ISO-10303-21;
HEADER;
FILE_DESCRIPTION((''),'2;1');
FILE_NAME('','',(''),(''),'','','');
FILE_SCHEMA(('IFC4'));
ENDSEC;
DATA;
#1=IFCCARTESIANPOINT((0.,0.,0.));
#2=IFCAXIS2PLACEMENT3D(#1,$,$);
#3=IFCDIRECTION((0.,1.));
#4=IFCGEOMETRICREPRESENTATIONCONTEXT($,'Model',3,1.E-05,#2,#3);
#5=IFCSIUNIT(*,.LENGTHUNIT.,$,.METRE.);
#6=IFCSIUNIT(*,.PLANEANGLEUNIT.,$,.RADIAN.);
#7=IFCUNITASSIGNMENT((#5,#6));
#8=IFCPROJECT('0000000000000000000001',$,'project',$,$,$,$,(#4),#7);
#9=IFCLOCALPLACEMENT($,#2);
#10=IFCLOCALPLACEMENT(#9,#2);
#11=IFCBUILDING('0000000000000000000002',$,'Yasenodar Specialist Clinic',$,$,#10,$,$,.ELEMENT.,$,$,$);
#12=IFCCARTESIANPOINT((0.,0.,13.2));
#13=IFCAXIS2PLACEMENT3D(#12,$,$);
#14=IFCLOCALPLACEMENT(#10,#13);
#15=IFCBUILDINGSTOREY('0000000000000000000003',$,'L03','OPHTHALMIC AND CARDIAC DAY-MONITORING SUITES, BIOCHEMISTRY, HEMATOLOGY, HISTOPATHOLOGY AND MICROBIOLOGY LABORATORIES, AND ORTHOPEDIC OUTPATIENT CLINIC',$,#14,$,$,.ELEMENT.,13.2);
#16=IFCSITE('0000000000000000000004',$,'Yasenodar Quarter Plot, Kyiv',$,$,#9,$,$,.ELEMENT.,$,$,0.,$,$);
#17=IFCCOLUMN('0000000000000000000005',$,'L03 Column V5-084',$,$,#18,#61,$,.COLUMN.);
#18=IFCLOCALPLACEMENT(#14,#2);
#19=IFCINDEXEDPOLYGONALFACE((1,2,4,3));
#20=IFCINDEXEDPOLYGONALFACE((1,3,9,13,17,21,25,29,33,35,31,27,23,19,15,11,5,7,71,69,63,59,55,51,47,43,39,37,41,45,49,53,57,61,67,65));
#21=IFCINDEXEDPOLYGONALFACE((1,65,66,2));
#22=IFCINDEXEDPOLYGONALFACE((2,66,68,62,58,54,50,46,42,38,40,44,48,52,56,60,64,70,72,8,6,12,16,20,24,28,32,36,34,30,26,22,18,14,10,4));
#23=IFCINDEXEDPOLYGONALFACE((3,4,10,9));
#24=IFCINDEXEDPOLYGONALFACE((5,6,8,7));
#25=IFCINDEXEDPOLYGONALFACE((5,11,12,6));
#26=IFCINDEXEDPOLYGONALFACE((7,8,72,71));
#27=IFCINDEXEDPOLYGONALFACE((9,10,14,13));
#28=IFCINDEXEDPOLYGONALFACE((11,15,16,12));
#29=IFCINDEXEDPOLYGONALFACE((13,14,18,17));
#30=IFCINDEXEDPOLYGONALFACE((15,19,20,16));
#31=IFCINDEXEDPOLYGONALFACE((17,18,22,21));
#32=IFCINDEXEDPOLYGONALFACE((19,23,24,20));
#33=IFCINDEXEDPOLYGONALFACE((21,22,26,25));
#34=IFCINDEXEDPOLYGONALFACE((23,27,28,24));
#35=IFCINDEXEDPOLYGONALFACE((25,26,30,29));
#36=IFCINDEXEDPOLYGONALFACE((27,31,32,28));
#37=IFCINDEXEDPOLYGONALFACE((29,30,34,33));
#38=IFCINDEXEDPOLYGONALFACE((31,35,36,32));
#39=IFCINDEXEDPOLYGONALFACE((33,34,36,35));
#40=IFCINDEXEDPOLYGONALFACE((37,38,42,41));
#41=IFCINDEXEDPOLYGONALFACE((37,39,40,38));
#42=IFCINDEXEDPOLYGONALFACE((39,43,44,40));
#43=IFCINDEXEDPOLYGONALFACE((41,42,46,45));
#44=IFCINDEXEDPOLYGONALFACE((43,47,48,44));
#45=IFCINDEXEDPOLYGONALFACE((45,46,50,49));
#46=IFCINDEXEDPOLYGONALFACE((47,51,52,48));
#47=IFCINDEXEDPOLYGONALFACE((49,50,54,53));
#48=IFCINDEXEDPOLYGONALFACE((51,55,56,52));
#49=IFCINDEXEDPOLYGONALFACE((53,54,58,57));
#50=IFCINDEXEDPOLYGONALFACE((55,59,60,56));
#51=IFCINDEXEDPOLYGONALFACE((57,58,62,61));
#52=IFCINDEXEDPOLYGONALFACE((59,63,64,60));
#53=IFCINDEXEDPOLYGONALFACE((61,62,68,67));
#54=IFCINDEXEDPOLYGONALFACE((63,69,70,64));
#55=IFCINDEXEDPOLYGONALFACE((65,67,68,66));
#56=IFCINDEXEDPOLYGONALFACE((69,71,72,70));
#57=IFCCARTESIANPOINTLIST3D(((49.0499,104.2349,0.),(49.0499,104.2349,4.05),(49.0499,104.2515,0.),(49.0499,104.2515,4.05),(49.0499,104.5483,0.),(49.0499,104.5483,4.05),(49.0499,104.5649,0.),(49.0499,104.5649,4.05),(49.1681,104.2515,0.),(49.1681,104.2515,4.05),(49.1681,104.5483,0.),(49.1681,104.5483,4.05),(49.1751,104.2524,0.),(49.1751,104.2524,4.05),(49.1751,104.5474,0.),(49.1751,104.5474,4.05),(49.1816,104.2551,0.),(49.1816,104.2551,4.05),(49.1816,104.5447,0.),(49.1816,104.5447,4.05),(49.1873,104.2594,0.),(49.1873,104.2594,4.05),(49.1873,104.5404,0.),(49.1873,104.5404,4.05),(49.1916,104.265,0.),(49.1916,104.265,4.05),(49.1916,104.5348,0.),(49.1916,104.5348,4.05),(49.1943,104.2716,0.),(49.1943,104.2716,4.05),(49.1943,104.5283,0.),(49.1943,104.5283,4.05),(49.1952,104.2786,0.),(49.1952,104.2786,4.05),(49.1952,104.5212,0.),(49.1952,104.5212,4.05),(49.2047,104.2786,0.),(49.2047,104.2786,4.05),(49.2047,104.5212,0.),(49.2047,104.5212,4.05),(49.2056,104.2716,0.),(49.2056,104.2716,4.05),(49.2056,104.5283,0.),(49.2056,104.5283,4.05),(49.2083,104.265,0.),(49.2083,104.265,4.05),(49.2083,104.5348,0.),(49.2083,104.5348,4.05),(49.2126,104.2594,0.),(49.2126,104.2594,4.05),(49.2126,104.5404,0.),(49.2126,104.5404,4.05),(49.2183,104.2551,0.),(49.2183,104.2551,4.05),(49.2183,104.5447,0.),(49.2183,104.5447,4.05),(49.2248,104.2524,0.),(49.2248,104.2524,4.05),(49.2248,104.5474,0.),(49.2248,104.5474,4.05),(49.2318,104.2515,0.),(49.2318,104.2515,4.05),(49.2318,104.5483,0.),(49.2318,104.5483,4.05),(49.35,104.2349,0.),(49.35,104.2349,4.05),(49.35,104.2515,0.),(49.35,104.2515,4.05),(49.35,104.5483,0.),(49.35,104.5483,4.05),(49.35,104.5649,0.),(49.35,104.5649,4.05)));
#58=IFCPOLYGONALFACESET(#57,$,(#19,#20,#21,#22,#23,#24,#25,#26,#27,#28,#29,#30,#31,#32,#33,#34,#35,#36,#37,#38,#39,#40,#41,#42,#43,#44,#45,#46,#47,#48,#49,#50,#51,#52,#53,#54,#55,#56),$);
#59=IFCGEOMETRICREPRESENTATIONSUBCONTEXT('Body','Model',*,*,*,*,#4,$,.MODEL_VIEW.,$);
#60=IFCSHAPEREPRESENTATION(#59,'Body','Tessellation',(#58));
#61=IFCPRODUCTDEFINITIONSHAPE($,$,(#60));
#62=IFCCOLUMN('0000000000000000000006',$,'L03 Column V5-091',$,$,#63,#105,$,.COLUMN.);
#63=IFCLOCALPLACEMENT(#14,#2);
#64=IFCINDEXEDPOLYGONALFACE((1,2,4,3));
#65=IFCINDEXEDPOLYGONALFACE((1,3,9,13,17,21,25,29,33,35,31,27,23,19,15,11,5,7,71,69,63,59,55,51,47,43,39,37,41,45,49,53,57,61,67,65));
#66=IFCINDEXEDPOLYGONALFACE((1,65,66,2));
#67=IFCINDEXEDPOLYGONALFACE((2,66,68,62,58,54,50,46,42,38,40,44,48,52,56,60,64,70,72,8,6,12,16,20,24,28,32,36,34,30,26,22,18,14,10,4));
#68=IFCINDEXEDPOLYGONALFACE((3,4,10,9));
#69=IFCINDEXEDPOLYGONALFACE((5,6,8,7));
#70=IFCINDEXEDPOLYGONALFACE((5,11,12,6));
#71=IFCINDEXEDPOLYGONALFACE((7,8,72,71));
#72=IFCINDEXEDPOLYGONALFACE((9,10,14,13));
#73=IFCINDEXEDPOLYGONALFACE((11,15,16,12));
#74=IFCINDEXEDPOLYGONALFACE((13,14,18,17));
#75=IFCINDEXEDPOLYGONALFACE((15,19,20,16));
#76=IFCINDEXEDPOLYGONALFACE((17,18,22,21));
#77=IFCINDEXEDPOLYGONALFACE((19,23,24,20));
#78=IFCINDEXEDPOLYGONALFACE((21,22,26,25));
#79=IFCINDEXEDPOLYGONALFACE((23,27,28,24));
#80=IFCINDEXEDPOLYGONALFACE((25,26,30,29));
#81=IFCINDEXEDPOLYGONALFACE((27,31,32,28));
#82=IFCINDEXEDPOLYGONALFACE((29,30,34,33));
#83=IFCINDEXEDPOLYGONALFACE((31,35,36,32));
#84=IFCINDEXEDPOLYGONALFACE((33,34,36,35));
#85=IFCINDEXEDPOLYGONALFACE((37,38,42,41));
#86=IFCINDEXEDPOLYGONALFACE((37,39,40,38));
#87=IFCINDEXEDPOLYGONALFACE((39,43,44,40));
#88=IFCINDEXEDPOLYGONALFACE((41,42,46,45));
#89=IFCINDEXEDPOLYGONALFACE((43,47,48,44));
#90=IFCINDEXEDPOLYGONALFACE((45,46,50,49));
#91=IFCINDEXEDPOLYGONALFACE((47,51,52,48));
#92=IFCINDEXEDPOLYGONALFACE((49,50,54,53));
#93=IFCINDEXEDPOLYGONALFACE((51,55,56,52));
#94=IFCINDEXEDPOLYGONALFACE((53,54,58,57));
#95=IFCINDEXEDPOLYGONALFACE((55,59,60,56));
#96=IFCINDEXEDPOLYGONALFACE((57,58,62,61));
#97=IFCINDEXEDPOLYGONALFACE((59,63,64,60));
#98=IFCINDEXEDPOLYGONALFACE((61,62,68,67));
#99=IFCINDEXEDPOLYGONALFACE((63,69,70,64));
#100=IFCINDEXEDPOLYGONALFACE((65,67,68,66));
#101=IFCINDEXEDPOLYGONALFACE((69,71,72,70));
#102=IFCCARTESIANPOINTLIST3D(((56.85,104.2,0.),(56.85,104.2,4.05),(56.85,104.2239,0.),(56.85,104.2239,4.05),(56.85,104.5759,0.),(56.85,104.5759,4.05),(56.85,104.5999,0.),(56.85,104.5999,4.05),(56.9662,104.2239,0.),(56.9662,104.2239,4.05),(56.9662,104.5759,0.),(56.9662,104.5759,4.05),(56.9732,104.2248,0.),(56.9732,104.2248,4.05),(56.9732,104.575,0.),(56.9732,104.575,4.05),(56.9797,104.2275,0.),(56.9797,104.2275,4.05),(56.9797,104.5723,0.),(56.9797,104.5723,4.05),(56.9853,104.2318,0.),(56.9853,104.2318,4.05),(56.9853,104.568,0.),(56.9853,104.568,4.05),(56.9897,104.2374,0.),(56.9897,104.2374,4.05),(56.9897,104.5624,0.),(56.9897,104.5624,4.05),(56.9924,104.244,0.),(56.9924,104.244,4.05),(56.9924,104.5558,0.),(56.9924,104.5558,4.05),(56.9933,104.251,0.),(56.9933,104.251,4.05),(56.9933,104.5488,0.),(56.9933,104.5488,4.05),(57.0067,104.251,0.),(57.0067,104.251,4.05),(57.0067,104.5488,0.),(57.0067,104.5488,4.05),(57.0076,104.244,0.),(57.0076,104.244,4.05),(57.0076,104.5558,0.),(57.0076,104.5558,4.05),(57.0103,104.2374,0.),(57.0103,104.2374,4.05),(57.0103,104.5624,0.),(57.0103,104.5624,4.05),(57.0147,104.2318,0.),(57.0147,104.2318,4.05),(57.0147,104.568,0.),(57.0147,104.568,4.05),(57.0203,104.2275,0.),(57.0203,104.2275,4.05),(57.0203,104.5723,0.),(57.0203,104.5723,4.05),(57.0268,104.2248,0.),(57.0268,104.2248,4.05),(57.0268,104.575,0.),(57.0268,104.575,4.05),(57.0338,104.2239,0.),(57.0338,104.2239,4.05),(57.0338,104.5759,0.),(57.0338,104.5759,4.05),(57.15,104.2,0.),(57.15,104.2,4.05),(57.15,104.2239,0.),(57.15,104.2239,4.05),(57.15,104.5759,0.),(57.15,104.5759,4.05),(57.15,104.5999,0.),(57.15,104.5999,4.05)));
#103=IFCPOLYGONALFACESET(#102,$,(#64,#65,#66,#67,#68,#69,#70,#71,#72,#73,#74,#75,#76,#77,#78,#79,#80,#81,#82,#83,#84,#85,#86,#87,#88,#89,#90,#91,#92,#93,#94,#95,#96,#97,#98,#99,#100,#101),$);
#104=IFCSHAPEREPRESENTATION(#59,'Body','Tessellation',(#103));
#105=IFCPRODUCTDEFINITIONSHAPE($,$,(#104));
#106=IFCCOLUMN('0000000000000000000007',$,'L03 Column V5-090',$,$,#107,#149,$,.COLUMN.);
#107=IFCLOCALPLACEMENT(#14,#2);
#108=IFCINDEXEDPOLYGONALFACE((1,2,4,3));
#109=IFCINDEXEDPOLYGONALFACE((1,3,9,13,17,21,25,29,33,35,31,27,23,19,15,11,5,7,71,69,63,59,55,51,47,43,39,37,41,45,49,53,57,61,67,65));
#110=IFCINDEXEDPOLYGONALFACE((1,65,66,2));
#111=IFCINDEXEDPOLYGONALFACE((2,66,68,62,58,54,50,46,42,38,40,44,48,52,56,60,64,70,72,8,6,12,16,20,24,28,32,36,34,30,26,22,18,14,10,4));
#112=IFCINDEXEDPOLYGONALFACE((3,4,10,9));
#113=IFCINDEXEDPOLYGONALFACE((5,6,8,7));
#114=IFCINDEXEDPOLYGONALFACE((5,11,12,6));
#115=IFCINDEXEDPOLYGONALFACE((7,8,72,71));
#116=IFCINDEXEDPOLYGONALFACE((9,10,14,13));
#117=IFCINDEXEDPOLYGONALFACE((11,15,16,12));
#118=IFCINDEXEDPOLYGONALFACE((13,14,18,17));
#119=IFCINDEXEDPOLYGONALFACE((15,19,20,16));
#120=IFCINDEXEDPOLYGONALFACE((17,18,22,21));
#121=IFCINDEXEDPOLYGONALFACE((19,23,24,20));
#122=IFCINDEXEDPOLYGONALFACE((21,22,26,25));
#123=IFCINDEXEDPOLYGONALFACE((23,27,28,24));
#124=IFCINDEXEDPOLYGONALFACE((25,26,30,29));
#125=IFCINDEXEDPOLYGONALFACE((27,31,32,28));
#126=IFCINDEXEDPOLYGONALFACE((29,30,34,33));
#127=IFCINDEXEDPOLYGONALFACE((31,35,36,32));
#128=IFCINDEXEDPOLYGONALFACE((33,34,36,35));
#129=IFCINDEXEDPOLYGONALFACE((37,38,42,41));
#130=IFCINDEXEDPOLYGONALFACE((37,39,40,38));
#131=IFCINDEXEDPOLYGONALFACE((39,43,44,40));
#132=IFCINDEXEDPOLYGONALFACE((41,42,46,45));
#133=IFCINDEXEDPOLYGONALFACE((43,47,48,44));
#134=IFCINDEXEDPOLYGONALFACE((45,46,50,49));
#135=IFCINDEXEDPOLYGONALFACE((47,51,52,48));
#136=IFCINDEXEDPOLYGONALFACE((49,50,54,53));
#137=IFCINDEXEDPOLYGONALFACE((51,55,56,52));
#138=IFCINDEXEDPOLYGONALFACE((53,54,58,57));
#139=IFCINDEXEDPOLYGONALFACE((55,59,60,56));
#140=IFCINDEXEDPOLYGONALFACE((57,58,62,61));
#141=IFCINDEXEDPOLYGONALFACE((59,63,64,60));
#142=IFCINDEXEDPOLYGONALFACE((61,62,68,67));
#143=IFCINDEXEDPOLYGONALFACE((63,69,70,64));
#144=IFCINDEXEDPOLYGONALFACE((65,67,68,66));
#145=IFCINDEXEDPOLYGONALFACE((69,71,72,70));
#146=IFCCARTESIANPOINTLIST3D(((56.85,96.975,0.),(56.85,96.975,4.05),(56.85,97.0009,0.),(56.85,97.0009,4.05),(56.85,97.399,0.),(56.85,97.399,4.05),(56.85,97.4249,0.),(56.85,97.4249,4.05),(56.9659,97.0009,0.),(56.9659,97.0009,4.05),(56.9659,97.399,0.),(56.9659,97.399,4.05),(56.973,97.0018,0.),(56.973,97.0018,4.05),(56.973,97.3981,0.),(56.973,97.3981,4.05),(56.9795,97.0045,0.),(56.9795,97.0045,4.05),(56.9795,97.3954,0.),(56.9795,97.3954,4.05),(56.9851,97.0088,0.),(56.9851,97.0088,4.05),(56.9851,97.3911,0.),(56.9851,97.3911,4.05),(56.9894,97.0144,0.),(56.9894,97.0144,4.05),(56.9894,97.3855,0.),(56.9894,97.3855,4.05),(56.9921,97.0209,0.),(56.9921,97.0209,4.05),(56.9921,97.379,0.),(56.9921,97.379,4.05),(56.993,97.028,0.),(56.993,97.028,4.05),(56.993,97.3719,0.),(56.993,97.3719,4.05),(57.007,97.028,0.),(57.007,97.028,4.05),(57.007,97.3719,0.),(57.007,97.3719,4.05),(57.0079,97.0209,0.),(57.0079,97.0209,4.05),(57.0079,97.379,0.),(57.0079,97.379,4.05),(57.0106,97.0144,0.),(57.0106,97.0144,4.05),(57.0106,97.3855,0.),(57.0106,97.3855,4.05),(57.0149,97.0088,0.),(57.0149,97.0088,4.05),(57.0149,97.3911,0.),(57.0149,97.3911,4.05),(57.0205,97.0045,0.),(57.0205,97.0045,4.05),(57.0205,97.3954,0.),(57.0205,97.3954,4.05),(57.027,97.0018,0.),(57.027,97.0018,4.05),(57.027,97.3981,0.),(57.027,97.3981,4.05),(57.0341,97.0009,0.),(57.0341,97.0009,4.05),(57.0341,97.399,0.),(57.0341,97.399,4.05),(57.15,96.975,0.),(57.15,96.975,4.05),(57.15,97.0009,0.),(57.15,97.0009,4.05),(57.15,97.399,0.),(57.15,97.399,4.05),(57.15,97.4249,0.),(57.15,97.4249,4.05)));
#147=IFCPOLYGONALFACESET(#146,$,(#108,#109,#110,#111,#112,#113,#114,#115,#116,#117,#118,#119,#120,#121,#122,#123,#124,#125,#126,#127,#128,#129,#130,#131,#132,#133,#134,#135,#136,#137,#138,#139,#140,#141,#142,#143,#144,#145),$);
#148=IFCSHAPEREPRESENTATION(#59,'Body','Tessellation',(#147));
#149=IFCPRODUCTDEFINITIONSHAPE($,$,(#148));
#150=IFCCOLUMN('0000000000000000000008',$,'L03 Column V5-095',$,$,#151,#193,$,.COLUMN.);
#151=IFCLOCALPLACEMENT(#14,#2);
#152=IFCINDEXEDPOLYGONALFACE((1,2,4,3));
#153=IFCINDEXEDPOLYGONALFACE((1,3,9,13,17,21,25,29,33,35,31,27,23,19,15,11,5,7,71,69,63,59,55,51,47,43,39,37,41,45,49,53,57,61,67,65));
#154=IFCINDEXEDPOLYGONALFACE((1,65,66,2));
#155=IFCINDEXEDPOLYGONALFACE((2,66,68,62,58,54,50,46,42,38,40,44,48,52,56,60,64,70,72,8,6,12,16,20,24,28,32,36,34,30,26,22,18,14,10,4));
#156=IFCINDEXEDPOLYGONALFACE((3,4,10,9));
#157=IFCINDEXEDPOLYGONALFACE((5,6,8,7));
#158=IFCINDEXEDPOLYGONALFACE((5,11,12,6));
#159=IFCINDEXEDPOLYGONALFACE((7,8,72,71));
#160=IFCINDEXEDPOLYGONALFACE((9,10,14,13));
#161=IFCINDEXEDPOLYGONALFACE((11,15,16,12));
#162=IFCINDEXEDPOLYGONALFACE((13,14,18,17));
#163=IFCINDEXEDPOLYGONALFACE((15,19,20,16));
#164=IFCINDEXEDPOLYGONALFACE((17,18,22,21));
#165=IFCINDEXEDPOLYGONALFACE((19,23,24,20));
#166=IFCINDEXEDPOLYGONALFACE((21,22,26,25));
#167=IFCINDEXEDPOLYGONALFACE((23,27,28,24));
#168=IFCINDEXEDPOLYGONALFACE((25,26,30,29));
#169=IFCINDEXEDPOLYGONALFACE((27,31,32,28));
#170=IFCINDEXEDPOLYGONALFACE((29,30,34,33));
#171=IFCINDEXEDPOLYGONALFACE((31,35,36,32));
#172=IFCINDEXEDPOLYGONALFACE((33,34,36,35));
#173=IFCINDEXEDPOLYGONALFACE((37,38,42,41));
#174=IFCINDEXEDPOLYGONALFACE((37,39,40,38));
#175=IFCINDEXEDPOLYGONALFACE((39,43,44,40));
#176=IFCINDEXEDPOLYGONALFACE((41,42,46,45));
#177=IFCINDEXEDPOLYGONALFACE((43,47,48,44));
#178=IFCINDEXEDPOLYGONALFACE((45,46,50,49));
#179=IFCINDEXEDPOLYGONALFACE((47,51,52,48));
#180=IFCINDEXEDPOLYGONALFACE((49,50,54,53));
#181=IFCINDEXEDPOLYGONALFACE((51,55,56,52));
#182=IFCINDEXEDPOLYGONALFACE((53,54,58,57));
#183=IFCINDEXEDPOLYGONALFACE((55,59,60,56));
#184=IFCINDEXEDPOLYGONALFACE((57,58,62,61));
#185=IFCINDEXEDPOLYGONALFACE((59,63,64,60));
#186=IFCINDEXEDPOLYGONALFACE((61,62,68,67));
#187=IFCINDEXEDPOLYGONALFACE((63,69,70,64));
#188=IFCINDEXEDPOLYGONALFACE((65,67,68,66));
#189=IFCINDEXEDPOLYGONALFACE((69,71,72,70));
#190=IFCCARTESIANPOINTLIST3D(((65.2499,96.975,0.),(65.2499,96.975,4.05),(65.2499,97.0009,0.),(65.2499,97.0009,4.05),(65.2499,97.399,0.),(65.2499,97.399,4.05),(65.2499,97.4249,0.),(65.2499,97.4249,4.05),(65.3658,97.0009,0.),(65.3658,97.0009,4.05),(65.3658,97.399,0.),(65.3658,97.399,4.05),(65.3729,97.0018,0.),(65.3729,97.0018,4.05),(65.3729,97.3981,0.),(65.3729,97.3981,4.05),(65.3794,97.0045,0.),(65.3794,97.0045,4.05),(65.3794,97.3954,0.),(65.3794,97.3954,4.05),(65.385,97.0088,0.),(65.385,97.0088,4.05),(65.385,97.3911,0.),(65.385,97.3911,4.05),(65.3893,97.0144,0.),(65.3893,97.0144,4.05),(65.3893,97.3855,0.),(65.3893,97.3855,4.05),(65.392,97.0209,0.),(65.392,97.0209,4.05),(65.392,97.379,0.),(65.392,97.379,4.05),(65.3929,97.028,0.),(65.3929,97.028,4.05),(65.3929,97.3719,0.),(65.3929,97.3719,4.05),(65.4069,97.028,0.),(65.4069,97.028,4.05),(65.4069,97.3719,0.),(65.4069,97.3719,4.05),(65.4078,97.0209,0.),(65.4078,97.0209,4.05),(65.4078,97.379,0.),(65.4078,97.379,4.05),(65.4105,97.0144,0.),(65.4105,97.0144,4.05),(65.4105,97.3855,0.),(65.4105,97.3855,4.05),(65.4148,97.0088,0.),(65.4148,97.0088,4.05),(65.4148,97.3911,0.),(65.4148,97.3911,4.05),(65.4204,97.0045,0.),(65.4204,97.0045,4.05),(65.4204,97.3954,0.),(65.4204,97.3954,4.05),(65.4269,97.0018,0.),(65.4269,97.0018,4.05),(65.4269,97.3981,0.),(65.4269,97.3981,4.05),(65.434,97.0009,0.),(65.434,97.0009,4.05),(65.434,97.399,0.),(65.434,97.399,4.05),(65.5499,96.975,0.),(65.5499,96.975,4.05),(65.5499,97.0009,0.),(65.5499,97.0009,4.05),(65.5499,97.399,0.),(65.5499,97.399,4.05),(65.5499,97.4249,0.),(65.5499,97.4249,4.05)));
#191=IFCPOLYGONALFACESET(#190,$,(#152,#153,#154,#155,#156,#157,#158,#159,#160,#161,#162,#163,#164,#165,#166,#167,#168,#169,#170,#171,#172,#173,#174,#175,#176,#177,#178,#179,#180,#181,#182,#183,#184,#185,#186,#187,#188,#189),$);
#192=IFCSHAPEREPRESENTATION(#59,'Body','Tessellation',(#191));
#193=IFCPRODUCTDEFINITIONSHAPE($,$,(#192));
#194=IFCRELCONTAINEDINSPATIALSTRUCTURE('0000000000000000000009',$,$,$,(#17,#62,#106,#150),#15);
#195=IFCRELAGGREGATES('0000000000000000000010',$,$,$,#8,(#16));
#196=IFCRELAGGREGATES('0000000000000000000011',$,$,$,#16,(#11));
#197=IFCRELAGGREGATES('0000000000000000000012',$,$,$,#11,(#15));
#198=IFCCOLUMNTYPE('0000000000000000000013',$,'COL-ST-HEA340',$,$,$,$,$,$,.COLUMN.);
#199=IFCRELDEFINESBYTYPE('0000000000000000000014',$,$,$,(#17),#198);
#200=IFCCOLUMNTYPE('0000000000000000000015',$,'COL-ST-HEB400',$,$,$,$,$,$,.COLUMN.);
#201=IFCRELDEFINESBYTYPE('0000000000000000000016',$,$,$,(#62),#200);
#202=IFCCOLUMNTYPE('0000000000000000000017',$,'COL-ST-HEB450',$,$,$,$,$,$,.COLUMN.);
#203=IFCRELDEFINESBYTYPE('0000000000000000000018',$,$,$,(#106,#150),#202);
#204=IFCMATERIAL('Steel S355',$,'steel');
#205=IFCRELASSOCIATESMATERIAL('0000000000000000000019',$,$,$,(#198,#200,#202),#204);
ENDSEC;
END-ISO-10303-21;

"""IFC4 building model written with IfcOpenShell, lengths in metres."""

from ifc_helpers import new_model, si_unit, direction, frame, origin, origin_2d, place, context, subcontext, project, spatial, i_section, extrude, material, material_profile, profile_set, type_object, element, save


model = new_model("IFC4")

# Units and contexts
model_context = context("Model", 3, precision=1e-05, world=origin(), true_north=direction((0.0, 1.0)))
body_context = subcontext(model_context, "Body", "Model", "MODEL_VIEW")
ifc_project = project(units=[si_unit("LENGTHUNIT", "METRE"), si_unit("PLANEANGLEUNIT", "RADIAN")], contexts=[model_context])

# Site, building, storey
site_placement = place(None, origin())
site = spatial("IfcSite", under=ifc_project, at=site_placement, Name="Yasenodar Quarter Plot, Kyiv", CompositionType="ELEMENT", RefElevation=0.0)
building_placement = place(site_placement, origin())
building = spatial("IfcBuilding", under=site, at=building_placement, Name="Yasenodar Specialist Clinic", CompositionType="ELEMENT")
storey_placement = place(building_placement, frame((0.0, 0.0, 13.2)))
storey = spatial("IfcBuildingStorey", under=building, at=storey_placement, Name="L03", Description="OPHTHALMIC AND CARDIAC DAY-MONITORING SUITES, BIOCHEMISTRY, HEMATOLOGY, HISTOPATHOLOGY AND MICROBIOLOGY LABORATORIES, AND ORTHOPEDIC OUTPATIENT CLINIC", CompositionType="ELEMENT", Elevation=13.2)

# Columns
ifc_material_1 = material(Name="Steel S355", Category="steel")
ifc_material_profile_1 = material_profile(ifc_material_1, i_section(OverallWidth=0.3, OverallDepth=0.3301, WebThickness=0.0095, FlangeThickness=0.0166, FilletRadius=0.0271, at=origin_2d()), Name="HEA 340")
ifc_profile_set_1 = profile_set([ifc_material_profile_1], Name="Steel S355")
column_type_1 = type_object("IfcColumnType", Name="COL-ST-HEA340", PredefinedType="COLUMN", material=ifc_profile_set_1)
column_1_placement = place(storey_placement, frame((49.2, 104.3999, 0.0), z_axis=(0.0, 0.0, 1.0), x_axis=(1.0, 0.0, 0.0)))
element("IfcColumn", 1, at=column_1_placement, inside=storey, type_object=column_type_1, Name="L03 Column V5-084", PredefinedType="COLUMN", context=body_context, shape_type="SweptSolid", body=[
    extrude(i_section(OverallWidth=0.3, OverallDepth=0.3301, WebThickness=0.0095, FlangeThickness=0.0166, FilletRadius=0.0271, at=origin_2d()), origin(), (0.0, 0.0, 1.0), 4.05),
])
ifc_material_profile_2 = material_profile(ifc_material_1, i_section(OverallWidth=0.3, OverallDepth=0.3999, WebThickness=0.0134, FlangeThickness=0.0239, FilletRadius=0.0271, at=origin_2d()), Name="HEB 400")
ifc_profile_set_2 = profile_set([ifc_material_profile_2], Name="Steel S355")
column_type_2 = type_object("IfcColumnType", Name="COL-ST-HEB400", PredefinedType="COLUMN", material=ifc_profile_set_2)
column_2_placement = place(storey_placement, frame((57.0, 104.3999, 0.0), z_axis=(0.0, 0.0, 1.0), x_axis=(1.0, 0.0, 0.0)))
element("IfcColumn", 2, at=column_2_placement, inside=storey, type_object=column_type_2, Name="L03 Column V5-091", PredefinedType="COLUMN", context=body_context, shape_type="SweptSolid", body=[
    extrude(i_section(OverallWidth=0.3, OverallDepth=0.3999, WebThickness=0.0134, FlangeThickness=0.0239, FilletRadius=0.0271, at=origin_2d()), origin(), (0.0, 0.0, 1.0), 4.05),
])
ifc_material_profile_3 = material_profile(ifc_material_1, i_section(OverallWidth=0.3, OverallDepth=0.45, WebThickness=0.0139, FlangeThickness=0.0259, FilletRadius=0.0271, at=origin_2d()), Name="HEB 450")
ifc_profile_set_3 = profile_set([ifc_material_profile_3], Name="Steel S355")
column_type_3 = type_object("IfcColumnType", Name="COL-ST-HEB450", PredefinedType="COLUMN", material=ifc_profile_set_3)
for number, where, z_axis, x_axis, name in (
    (3, (57.0, 97.2, 0.0), (0.0, 0.0, 1.0), (1.0, 0.0, 0.0), "L03 Column V5-090"),
    (4, (65.3999, 97.2, 0.0), (0.0, 0.0, 1.0), (1.0, 0.0, 0.0), "L03 Column V5-095"),
):
    element("IfcColumn", number, at=place(storey_placement, frame(where, z_axis=z_axis, x_axis=x_axis)), inside=storey, type_object=column_type_3, Name=name, PredefinedType="COLUMN", context=body_context, shape_type="SweptSolid", body=[
        extrude(i_section(OverallWidth=0.3, OverallDepth=0.45, WebThickness=0.0139, FlangeThickness=0.0259, FilletRadius=0.0271, at=origin_2d()), origin(), (0.0, 0.0, 1.0), 4.05),
    ])

save(model, "model.ifc")
